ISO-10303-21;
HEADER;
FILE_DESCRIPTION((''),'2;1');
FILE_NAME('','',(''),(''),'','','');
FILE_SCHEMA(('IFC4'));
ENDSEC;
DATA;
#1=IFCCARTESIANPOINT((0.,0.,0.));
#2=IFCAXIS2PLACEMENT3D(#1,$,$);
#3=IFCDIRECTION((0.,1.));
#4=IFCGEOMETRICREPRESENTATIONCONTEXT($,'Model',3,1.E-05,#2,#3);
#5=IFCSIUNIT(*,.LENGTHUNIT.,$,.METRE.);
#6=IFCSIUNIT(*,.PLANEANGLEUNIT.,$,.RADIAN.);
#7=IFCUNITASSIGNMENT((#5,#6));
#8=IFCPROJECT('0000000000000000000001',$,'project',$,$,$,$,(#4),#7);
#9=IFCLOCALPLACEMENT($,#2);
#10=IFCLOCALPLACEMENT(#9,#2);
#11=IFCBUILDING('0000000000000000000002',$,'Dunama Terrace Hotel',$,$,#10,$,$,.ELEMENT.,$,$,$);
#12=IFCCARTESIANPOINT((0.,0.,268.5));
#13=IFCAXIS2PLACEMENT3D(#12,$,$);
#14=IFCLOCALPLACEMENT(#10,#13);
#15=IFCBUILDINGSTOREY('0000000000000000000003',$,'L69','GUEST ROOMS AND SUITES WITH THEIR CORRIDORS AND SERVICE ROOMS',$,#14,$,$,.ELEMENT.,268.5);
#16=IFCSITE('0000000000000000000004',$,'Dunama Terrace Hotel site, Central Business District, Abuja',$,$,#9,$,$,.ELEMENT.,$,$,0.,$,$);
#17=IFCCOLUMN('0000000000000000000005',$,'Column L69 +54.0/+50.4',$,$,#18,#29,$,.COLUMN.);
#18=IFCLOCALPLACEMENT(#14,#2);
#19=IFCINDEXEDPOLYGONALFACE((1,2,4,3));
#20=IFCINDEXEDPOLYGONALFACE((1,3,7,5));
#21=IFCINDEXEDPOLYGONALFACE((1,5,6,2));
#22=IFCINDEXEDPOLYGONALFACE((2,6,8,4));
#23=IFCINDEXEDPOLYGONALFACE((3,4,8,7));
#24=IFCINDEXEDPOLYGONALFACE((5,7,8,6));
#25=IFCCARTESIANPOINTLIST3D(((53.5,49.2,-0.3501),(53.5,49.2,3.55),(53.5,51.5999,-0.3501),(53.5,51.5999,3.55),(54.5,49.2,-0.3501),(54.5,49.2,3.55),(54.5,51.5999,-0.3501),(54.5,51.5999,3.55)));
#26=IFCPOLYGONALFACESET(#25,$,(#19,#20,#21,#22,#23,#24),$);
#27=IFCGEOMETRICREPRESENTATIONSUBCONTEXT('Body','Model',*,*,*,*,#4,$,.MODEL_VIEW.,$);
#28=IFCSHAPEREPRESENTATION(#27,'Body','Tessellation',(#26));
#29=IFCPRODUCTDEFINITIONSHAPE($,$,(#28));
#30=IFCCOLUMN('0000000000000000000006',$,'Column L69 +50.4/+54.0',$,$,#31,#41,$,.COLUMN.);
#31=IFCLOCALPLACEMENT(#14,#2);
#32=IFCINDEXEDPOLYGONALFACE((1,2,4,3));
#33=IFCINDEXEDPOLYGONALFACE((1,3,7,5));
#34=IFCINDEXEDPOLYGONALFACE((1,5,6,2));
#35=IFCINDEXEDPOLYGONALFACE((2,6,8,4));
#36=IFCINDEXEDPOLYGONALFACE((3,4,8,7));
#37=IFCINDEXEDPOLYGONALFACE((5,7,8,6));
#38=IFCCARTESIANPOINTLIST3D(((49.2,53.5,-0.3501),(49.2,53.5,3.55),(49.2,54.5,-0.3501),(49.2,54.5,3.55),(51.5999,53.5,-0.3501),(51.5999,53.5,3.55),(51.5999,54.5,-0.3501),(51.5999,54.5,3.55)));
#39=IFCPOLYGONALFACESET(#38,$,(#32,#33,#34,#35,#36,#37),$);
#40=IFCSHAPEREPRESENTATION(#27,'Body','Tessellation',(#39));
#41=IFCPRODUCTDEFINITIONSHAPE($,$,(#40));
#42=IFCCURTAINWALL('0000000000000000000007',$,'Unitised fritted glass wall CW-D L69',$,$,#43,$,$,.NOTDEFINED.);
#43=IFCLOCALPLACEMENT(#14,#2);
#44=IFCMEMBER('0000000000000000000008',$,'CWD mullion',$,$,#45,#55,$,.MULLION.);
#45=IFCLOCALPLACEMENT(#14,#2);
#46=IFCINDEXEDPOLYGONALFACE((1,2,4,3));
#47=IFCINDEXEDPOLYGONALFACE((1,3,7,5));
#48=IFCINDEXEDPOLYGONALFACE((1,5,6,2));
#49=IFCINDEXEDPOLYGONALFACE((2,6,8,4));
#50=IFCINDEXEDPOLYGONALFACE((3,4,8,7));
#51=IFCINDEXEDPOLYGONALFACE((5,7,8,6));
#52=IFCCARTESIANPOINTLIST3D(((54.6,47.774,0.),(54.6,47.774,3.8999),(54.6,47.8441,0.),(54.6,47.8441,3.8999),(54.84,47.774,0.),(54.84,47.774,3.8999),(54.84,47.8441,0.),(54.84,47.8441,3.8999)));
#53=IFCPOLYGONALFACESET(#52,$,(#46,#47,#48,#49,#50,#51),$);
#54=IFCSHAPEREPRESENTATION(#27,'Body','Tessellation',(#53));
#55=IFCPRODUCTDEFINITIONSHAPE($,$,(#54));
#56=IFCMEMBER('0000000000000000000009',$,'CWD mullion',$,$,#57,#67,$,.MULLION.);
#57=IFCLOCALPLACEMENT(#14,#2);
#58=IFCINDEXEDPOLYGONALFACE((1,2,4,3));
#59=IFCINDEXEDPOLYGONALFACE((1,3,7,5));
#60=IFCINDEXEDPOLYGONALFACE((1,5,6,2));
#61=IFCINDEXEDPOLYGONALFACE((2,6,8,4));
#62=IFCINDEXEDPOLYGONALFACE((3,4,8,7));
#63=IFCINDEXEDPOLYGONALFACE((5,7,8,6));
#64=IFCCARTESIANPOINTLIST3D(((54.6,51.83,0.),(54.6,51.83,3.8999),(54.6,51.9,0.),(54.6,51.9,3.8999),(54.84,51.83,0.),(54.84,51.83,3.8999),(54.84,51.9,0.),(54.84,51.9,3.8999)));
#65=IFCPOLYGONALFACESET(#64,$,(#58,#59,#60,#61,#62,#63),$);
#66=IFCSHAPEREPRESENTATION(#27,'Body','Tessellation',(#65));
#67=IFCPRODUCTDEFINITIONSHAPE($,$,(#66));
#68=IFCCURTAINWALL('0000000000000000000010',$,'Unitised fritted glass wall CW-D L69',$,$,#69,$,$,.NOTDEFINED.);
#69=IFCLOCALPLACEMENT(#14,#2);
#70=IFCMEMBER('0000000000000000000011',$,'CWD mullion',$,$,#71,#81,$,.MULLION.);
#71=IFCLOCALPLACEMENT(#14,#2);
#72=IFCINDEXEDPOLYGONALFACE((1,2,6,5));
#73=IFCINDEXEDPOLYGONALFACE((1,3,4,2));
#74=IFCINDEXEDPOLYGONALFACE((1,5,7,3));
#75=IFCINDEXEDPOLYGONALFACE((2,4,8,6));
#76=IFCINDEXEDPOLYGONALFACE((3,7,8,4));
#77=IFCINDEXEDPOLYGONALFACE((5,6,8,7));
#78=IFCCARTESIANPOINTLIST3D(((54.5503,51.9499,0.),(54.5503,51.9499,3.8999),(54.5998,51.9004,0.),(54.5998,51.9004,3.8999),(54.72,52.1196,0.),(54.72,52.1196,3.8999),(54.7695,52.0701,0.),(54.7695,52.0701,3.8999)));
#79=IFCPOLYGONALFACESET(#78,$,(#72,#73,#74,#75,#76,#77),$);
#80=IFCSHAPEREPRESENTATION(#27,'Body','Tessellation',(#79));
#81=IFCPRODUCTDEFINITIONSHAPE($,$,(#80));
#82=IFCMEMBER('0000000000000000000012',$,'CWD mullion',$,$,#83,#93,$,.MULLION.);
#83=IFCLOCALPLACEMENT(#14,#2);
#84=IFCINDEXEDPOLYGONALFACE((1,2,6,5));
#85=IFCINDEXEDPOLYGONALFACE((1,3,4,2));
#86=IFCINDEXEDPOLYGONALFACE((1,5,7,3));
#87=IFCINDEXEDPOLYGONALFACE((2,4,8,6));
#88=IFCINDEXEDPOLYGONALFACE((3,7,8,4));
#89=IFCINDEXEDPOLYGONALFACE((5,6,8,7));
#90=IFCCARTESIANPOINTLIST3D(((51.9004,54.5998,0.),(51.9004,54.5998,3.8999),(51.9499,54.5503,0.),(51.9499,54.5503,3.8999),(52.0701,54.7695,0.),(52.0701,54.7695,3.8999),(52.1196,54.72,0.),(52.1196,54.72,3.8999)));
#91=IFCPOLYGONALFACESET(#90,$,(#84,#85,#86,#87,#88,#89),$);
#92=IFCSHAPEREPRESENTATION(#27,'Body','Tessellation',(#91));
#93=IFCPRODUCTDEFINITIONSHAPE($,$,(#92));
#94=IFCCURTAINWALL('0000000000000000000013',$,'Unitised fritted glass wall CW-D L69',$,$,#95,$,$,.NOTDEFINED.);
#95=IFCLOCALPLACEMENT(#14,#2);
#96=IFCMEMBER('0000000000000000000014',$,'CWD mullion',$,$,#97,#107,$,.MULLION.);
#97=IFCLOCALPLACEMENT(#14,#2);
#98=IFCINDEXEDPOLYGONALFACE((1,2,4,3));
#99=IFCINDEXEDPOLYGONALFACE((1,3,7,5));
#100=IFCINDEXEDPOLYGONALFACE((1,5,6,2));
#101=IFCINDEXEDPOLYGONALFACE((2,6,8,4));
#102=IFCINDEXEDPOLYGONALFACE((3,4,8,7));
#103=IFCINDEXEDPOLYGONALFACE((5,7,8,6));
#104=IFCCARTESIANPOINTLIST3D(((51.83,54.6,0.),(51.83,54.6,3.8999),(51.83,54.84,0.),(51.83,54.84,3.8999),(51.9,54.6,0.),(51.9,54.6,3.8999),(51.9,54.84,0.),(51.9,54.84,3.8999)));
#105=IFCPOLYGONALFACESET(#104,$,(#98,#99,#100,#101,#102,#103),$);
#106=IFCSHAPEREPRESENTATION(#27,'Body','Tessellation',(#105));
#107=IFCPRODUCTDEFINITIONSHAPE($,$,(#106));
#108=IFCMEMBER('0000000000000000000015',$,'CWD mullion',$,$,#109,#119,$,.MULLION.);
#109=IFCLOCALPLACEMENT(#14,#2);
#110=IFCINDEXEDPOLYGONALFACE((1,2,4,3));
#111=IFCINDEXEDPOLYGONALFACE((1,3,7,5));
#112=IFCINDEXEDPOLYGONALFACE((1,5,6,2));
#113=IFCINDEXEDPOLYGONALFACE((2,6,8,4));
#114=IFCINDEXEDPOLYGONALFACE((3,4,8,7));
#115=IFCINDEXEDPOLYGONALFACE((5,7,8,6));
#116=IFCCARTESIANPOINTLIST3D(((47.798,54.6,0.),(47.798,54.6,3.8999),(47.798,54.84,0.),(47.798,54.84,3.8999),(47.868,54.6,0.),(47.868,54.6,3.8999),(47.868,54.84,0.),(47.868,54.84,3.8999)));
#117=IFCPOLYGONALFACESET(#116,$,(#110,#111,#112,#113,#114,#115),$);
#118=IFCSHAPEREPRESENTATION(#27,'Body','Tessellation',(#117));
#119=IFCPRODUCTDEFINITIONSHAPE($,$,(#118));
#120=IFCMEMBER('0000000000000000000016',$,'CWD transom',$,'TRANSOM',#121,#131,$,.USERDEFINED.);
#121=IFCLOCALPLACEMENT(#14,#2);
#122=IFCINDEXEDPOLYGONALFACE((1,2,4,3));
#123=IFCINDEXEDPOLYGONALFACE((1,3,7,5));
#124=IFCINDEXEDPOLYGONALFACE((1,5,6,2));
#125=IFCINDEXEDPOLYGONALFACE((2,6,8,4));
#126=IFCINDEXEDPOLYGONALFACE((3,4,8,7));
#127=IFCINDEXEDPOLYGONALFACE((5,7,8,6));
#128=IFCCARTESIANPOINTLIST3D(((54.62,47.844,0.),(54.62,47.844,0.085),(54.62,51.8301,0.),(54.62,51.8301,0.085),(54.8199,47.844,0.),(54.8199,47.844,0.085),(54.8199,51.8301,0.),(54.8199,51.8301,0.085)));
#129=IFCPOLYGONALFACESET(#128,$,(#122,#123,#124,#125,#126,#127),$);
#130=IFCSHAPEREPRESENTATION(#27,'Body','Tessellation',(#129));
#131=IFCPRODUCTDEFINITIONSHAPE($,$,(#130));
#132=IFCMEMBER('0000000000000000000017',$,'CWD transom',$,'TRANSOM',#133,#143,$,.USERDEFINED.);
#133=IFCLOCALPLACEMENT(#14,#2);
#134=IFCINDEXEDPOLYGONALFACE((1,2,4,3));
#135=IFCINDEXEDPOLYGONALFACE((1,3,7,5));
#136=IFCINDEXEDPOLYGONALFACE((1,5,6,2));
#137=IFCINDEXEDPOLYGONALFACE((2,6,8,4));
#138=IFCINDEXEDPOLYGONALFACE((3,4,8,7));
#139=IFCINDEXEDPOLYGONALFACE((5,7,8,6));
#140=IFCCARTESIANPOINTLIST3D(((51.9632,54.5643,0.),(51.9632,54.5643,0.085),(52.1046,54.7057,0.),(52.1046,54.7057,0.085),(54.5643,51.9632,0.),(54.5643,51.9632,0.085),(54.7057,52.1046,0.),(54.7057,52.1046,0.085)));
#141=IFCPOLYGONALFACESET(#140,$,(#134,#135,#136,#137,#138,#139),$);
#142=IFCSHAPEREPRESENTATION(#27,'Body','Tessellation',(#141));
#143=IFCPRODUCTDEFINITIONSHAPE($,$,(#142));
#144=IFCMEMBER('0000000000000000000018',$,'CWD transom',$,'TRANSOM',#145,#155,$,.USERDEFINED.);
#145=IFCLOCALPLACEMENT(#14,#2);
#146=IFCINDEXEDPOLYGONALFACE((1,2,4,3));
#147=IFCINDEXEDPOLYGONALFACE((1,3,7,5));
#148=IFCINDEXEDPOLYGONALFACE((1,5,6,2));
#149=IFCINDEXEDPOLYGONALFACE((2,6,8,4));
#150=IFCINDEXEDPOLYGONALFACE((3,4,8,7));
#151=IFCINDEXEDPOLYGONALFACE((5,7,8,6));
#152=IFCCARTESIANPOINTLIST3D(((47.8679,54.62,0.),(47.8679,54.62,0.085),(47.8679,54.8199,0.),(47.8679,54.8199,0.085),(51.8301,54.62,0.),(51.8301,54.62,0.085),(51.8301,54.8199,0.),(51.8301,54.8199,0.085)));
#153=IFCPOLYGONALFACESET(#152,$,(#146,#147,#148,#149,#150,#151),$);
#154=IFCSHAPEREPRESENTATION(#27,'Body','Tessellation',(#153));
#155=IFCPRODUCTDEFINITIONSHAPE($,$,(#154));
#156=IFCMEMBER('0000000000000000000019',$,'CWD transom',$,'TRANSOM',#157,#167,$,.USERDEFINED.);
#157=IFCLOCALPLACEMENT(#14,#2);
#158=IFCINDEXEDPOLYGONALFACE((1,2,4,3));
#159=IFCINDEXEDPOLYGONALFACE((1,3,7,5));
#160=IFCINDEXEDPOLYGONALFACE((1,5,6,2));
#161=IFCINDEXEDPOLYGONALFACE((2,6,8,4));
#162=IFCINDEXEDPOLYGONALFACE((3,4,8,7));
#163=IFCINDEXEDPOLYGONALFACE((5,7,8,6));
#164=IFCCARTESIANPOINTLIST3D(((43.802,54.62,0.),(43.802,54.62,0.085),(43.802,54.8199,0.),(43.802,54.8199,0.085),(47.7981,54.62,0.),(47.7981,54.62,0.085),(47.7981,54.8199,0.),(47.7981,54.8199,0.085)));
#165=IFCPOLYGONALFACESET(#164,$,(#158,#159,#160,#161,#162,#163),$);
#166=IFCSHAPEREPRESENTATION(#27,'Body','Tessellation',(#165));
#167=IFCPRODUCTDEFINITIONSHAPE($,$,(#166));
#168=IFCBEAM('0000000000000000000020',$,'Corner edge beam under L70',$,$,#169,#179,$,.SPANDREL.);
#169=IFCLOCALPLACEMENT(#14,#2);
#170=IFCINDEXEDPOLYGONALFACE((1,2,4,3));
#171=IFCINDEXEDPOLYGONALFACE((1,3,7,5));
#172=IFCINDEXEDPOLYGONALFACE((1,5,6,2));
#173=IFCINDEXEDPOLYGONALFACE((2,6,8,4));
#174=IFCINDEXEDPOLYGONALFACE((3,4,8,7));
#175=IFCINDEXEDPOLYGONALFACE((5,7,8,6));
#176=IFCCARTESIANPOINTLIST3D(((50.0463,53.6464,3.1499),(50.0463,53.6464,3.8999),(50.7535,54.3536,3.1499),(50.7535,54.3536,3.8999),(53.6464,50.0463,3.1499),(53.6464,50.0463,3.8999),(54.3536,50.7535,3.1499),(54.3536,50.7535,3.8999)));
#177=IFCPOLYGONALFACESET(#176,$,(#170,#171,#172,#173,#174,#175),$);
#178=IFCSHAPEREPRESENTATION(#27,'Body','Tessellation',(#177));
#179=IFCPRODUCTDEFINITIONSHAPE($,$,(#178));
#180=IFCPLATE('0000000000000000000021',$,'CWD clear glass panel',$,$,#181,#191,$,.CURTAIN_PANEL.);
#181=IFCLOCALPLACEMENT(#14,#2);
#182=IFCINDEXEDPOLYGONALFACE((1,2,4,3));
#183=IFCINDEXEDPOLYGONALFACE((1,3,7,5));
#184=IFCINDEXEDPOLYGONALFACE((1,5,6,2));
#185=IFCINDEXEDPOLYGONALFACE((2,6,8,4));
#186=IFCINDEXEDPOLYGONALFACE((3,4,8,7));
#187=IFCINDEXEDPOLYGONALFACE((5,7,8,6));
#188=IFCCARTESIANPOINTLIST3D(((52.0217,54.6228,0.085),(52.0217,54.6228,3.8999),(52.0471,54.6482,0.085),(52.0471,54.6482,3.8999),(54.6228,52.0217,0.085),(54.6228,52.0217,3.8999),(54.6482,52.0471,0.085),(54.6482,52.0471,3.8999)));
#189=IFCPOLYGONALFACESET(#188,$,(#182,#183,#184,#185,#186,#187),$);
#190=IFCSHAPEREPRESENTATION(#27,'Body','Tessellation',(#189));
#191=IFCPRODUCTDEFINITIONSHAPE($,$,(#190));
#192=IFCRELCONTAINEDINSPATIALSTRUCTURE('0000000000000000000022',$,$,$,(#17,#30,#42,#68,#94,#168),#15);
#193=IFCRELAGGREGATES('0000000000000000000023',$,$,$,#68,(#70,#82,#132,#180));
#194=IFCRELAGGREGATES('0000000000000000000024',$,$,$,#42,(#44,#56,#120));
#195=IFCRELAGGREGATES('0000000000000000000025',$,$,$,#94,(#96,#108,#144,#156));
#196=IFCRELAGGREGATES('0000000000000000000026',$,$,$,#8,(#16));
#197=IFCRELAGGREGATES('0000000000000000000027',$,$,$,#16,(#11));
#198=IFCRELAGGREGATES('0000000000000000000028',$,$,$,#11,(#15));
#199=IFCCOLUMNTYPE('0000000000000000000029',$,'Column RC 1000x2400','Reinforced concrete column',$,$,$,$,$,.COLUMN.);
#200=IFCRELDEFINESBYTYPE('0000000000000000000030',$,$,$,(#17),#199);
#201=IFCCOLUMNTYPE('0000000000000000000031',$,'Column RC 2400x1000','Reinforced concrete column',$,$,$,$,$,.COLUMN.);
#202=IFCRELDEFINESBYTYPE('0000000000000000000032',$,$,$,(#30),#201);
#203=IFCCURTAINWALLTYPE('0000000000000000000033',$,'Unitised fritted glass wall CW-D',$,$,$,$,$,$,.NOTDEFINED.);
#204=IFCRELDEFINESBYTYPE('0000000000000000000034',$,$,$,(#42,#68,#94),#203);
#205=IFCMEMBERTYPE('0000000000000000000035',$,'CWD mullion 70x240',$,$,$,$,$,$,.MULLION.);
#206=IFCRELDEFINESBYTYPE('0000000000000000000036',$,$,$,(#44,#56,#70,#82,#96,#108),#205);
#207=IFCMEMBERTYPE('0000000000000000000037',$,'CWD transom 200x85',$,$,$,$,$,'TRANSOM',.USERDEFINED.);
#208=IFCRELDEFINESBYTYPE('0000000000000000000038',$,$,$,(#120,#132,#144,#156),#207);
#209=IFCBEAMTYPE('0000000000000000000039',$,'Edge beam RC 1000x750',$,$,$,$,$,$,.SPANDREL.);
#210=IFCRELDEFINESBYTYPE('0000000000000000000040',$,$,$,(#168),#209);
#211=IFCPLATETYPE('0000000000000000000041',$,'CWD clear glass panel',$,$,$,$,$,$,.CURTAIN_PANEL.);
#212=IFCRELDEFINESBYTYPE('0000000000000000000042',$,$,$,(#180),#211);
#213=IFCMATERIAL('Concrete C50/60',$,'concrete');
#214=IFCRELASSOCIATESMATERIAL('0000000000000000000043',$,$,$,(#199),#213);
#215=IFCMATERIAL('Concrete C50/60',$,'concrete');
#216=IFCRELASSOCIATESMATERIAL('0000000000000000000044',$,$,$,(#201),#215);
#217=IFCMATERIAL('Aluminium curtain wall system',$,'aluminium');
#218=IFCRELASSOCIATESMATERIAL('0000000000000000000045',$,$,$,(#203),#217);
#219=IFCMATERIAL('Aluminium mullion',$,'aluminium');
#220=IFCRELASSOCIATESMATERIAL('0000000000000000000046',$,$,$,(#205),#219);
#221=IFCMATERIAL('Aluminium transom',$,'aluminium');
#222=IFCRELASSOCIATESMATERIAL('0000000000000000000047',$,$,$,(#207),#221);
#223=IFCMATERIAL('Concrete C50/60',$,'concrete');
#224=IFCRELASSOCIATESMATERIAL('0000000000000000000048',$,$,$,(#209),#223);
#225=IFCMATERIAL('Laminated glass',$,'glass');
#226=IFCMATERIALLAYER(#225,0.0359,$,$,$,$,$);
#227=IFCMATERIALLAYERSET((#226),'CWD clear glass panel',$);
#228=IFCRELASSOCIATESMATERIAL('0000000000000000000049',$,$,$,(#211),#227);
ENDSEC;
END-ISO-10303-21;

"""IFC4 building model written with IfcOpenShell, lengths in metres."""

from ifc_helpers import new_model, si_unit, direction, frame, origin, origin_2d, place, context, subcontext, project, spatial, rectangle, extrude, material, layer, layer_set, material_profile, profile_set, type_object, element, aggregate, save


model = new_model("IFC4")

# Units and contexts
model_context = context("Model", 3, precision=1e-05, world=origin(), true_north=direction((0.0, 1.0)))
body_context = subcontext(model_context, "Body", "Model", "MODEL_VIEW")
ifc_project = project(units=[si_unit("LENGTHUNIT", "METRE"), si_unit("PLANEANGLEUNIT", "RADIAN")], contexts=[model_context])

# Site, building, storey
site_placement = place(None, origin())
site = spatial("IfcSite", under=ifc_project, at=site_placement, Name="Dunama Terrace Hotel site, Central Business District, Abuja", CompositionType="ELEMENT", RefElevation=0.0)
building_placement = place(site_placement, origin())
building = spatial("IfcBuilding", under=site, at=building_placement, Name="Dunama Terrace Hotel", CompositionType="ELEMENT")
storey_placement = place(building_placement, frame((0.0, 0.0, 268.5)))
storey = spatial("IfcBuildingStorey", under=building, at=storey_placement, Name="L69", Description="GUEST ROOMS AND SUITES WITH THEIR CORRIDORS AND SERVICE ROOMS", CompositionType="ELEMENT", Elevation=268.5)

# Columns
ifc_material_1 = material(Name="Concrete C50/60", Category="concrete")
ifc_material_profile_1 = material_profile(ifc_material_1, rectangle(XDim=1.0, YDim=2.3999, at=origin_2d()), Name="RC 1000x2400")
ifc_profile_set_1 = profile_set([ifc_material_profile_1], Name="Concrete C50/60")
column_type_1 = type_object("IfcColumnType", Name="Column RC 1000x2400", Description="Reinforced concrete column", PredefinedType="COLUMN", material=ifc_profile_set_1)
column_1_placement = place(storey_placement, frame((54.0, 50.3999, -0.3501), z_axis=(0.0, 0.0, 1.0), x_axis=(1.0, 0.0, 0.0)))
element("IfcColumn", 1, at=column_1_placement, inside=storey, type_object=column_type_1, Name="Column L69 +54.0/+50.4", PredefinedType="COLUMN", context=body_context, shape_type="SweptSolid", body=[
    extrude(rectangle(XDim=1.0, YDim=2.3999, at=origin_2d()), origin(), (0.0, 0.0, 1.0), 3.9001),
])
ifc_material_2 = material(Name="Concrete C50/60", Category="concrete")
ifc_material_profile_2 = material_profile(ifc_material_2, rectangle(XDim=2.3999, YDim=1.0, at=origin_2d()), Name="RC 2400x1000")
ifc_profile_set_2 = profile_set([ifc_material_profile_2], Name="Concrete C50/60")
column_type_2 = type_object("IfcColumnType", Name="Column RC 2400x1000", Description="Reinforced concrete column", PredefinedType="COLUMN", material=ifc_profile_set_2)
column_2_placement = place(storey_placement, frame((50.3999, 54.0, -0.3501), z_axis=(0.0, 0.0, 1.0), x_axis=(1.0, 0.0, 0.0)))
element("IfcColumn", 2, at=column_2_placement, inside=storey, type_object=column_type_2, Name="Column L69 +50.4/+54.0", PredefinedType="COLUMN", context=body_context, shape_type="SweptSolid", body=[
    extrude(rectangle(XDim=2.3999, YDim=1.0, at=origin_2d()), origin(), (0.0, 0.0, 1.0), 3.9001),
])

# Curtain walls, members
ifc_material_3 = material(Name="Aluminium curtain wall system", Category="aluminium")
curtain_wall_type = type_object("IfcCurtainWallType", Name="Unitised fritted glass wall CW-D", PredefinedType="NOTDEFINED", material=ifc_material_3)
curtain_wall_1_placement = place(storey_placement, origin())
curtain_wall_1 = element("IfcCurtainWall", 3, at=curtain_wall_1_placement, inside=storey, type_object=curtain_wall_type, Name="Unitised fritted glass wall CW-D L69", PredefinedType="NOTDEFINED")
ifc_material_4 = material(Name="Aluminium mullion", Category="aluminium")
ifc_material_profile_3 = material_profile(ifc_material_4, rectangle(XDim=0.0701, YDim=0.24, at=origin_2d()), Name="CWD MULLION 70X240")
ifc_profile_set_3 = profile_set([ifc_material_profile_3], Name="Aluminium mullion")
member_type_1 = type_object("IfcMemberType", Name="CWD mullion 70x240", PredefinedType="MULLION", material=ifc_profile_set_3)
member_1_placement = place(storey_placement, frame((54.72, 47.8091, 0.0), z_axis=(0.0, 0.0, 1.0), x_axis=(0.0, 1.0, 0.0)))
member_1 = element("IfcMember", 4, at=member_1_placement, type_object=member_type_1, Name="CWD mullion", PredefinedType="MULLION", context=body_context, shape_type="SweptSolid", body=[
    extrude(rectangle(XDim=0.0701, YDim=0.24, at=origin_2d()), origin(), (0.0, 0.0, 1.0), 3.8999),
])
member_2_placement = place(storey_placement, frame((54.72, 51.865, 0.0), z_axis=(0.0, 0.0, 1.0), x_axis=(0.0, 1.0, 0.0)))
member_2 = element("IfcMember", 5, at=member_2_placement, type_object=member_type_1, Name="CWD mullion", PredefinedType="MULLION", context=body_context, shape_type="SweptSolid", body=[
    extrude(rectangle(XDim=0.0701, YDim=0.24, at=origin_2d()), origin(), (0.0, 0.0, 1.0), 3.8999),
])
curtain_wall_2_placement = place(storey_placement, origin())
curtain_wall_2 = element("IfcCurtainWall", 6, at=curtain_wall_2_placement, inside=storey, type_object=curtain_wall_type, Name="Unitised fritted glass wall CW-D L69", PredefinedType="NOTDEFINED")
member_3_placement = place(storey_placement, frame((54.6599, 52.01, 0.0), z_axis=(0.0, 0.0, 1.0), x_axis=(-0.707107, 0.707107, 0.0)))
member_3 = element("IfcMember", 7, at=member_3_placement, type_object=member_type_1, Name="CWD mullion", PredefinedType="MULLION", context=body_context, shape_type="SweptSolid", body=[
    extrude(rectangle(XDim=0.0701, YDim=0.24, at=origin_2d()), origin(), (0.0, 0.0, 1.0), 3.8999),
])
member_4_placement = place(storey_placement, frame((52.01, 54.6599, 0.0), z_axis=(0.0, 0.0, 1.0), x_axis=(-0.707107, 0.707107, 0.0)))
member_4 = element("IfcMember", 8, at=member_4_placement, type_object=member_type_1, Name="CWD mullion", PredefinedType="MULLION", context=body_context, shape_type="SweptSolid", body=[
    extrude(rectangle(XDim=0.0701, YDim=0.24, at=origin_2d()), origin(), (0.0, 0.0, 1.0), 3.8999),
])
curtain_wall_3_placement = place(storey_placement, origin())
curtain_wall_3 = element("IfcCurtainWall", 9, at=curtain_wall_3_placement, inside=storey, type_object=curtain_wall_type, Name="Unitised fritted glass wall CW-D L69", PredefinedType="NOTDEFINED")
member_5_placement = place(storey_placement, frame((51.865, 54.72, 0.0), z_axis=(0.0, 0.0, 1.0), x_axis=(-1.0, 0.0, 0.0)))
member_5 = element("IfcMember", 10, at=member_5_placement, type_object=member_type_1, Name="CWD mullion", PredefinedType="MULLION", context=body_context, shape_type="SweptSolid", body=[
    extrude(rectangle(XDim=0.0701, YDim=0.24, at=origin_2d()), origin(), (0.0, 0.0, 1.0), 3.8999),
])
member_6_placement = place(storey_placement, frame((47.833, 54.72, 0.0), z_axis=(0.0, 0.0, 1.0), x_axis=(-1.0, 0.0, 0.0)))
member_6 = element("IfcMember", 11, at=member_6_placement, type_object=member_type_1, Name="CWD mullion", PredefinedType="MULLION", context=body_context, shape_type="SweptSolid", body=[
    extrude(rectangle(XDim=0.0701, YDim=0.24, at=origin_2d()), origin(), (0.0, 0.0, 1.0), 3.8999),
])

# Members
ifc_material_5 = material(Name="Aluminium transom", Category="aluminium")
ifc_material_profile_4 = material_profile(ifc_material_5, rectangle(XDim=0.2, YDim=0.085, at=origin_2d()), Name="CWD TRANSOM 200X85")
ifc_profile_set_4 = profile_set([ifc_material_profile_4], Name="Aluminium transom")
member_type_2 = type_object("IfcMemberType", Name="CWD transom 200x85", ElementType="TRANSOM", PredefinedType="USERDEFINED", material=ifc_profile_set_4)
member_7_placement = place(storey_placement, frame((54.72, 47.844, 0.0425), z_axis=(0.0, 1.0, 0.0), x_axis=(-1.0, 0.0, 0.0)))
member_7 = element("IfcMember", 12, at=member_7_placement, type_object=member_type_2, Name="CWD transom", ObjectType="TRANSOM", PredefinedType="USERDEFINED", context=body_context, shape_type="SweptSolid", body=[
    extrude(rectangle(XDim=0.2, YDim=0.085, at=origin_2d()), origin(), (0.0, 0.0, 1.0), 3.9861),
])
member_8_placement = place(storey_placement, frame((54.635, 52.0339, 0.0425), z_axis=(-0.707107, 0.707107, 0.0), x_axis=(-0.707107, -0.707107, 0.0)))
member_8 = element("IfcMember", 13, at=member_8_placement, type_object=member_type_2, Name="CWD transom", ObjectType="TRANSOM", PredefinedType="USERDEFINED", context=body_context, shape_type="SweptSolid", body=[
    extrude(rectangle(XDim=0.2, YDim=0.085, at=origin_2d()), origin(), (0.0, 0.0, 1.0), 3.6785),
])
member_9_placement = place(storey_placement, frame((51.8301, 54.72, 0.0425), z_axis=(-1.0, 0.0, 0.0), x_axis=(0.0, -1.0, 0.0)))
member_9 = element("IfcMember", 14, at=member_9_placement, type_object=member_type_2, Name="CWD transom", ObjectType="TRANSOM", PredefinedType="USERDEFINED", context=body_context, shape_type="SweptSolid", body=[
    extrude(rectangle(XDim=0.2, YDim=0.085, at=origin_2d()), origin(), (0.0, 0.0, 1.0), 3.9622),
])
member_10_placement = place(storey_placement, frame((47.7981, 54.72, 0.0425), z_axis=(-1.0, 0.0, 0.0), x_axis=(0.0, -1.0, 0.0)))
member_10 = element("IfcMember", 15, at=member_10_placement, type_object=member_type_2, Name="CWD transom", ObjectType="TRANSOM", PredefinedType="USERDEFINED", context=body_context, shape_type="SweptSolid", body=[
    extrude(rectangle(XDim=0.2, YDim=0.085, at=origin_2d()), origin(), (0.0, 0.0, 1.0), 3.9961),
])

# Beam
ifc_material_6 = material(Name="Concrete C50/60", Category="concrete")
ifc_material_profile_5 = material_profile(ifc_material_6, rectangle(XDim=1.0, YDim=0.75, at=origin_2d()), Name="RC 1000x750")
ifc_profile_set_5 = profile_set([ifc_material_profile_5], Name="Concrete C50/60")
beam_type = type_object("IfcBeamType", Name="Edge beam RC 1000x750", PredefinedType="SPANDREL", material=ifc_profile_set_5)
beam_placement = place(storey_placement, frame((50.3999, 54.0, 3.5249), z_axis=(0.707107, -0.707107, 0.0), x_axis=(0.707107, 0.707107, 0.0)))
element("IfcBeam", 16, at=beam_placement, inside=storey, type_object=beam_type, Name="Corner edge beam under L70", PredefinedType="SPANDREL", context=body_context, shape_type="SweptSolid", body=[
    extrude(rectangle(XDim=1.0, YDim=0.75, at=origin_2d()), origin(), (0.0, 0.0, 1.0), 5.0913),
])

# Plate
ifc_material_7 = material(Name="Laminated glass", Category="glass")
ifc_layer_1 = layer(ifc_material_7, 0.0359)
ifc_layer_set_1 = layer_set([ifc_layer_1], Name="CWD clear glass panel")
plate_type_1 = type_object("IfcPlateType", Name="CWD clear glass panel", PredefinedType="CURTAIN_PANEL", material=ifc_layer_set_1)
plate_1_placement = place(storey_placement, frame((53.335, 53.335, 0.085), z_axis=(0.0, 0.0, 1.0), x_axis=(-0.707107, 0.707107, 0.0)))
plate_1 = element("IfcPlate", 17, at=plate_1_placement, type_object=plate_type_1, Name="CWD clear glass panel", PredefinedType="CURTAIN_PANEL", context=body_context, shape_type="SweptSolid", body=[
    extrude(rectangle(XDim=3.6785, YDim=0.0359, at=origin_2d()), origin(), (0.0, 0.0, 1.0), 3.8149),
])
aggregate(curtain_wall_2, [member_3, member_4, member_8, plate_1])
aggregate(curtain_wall_1, [member_1, member_2, member_7])
aggregate(curtain_wall_3, [member_5, member_6, member_9, member_10])

save(model, "model.ifc")
